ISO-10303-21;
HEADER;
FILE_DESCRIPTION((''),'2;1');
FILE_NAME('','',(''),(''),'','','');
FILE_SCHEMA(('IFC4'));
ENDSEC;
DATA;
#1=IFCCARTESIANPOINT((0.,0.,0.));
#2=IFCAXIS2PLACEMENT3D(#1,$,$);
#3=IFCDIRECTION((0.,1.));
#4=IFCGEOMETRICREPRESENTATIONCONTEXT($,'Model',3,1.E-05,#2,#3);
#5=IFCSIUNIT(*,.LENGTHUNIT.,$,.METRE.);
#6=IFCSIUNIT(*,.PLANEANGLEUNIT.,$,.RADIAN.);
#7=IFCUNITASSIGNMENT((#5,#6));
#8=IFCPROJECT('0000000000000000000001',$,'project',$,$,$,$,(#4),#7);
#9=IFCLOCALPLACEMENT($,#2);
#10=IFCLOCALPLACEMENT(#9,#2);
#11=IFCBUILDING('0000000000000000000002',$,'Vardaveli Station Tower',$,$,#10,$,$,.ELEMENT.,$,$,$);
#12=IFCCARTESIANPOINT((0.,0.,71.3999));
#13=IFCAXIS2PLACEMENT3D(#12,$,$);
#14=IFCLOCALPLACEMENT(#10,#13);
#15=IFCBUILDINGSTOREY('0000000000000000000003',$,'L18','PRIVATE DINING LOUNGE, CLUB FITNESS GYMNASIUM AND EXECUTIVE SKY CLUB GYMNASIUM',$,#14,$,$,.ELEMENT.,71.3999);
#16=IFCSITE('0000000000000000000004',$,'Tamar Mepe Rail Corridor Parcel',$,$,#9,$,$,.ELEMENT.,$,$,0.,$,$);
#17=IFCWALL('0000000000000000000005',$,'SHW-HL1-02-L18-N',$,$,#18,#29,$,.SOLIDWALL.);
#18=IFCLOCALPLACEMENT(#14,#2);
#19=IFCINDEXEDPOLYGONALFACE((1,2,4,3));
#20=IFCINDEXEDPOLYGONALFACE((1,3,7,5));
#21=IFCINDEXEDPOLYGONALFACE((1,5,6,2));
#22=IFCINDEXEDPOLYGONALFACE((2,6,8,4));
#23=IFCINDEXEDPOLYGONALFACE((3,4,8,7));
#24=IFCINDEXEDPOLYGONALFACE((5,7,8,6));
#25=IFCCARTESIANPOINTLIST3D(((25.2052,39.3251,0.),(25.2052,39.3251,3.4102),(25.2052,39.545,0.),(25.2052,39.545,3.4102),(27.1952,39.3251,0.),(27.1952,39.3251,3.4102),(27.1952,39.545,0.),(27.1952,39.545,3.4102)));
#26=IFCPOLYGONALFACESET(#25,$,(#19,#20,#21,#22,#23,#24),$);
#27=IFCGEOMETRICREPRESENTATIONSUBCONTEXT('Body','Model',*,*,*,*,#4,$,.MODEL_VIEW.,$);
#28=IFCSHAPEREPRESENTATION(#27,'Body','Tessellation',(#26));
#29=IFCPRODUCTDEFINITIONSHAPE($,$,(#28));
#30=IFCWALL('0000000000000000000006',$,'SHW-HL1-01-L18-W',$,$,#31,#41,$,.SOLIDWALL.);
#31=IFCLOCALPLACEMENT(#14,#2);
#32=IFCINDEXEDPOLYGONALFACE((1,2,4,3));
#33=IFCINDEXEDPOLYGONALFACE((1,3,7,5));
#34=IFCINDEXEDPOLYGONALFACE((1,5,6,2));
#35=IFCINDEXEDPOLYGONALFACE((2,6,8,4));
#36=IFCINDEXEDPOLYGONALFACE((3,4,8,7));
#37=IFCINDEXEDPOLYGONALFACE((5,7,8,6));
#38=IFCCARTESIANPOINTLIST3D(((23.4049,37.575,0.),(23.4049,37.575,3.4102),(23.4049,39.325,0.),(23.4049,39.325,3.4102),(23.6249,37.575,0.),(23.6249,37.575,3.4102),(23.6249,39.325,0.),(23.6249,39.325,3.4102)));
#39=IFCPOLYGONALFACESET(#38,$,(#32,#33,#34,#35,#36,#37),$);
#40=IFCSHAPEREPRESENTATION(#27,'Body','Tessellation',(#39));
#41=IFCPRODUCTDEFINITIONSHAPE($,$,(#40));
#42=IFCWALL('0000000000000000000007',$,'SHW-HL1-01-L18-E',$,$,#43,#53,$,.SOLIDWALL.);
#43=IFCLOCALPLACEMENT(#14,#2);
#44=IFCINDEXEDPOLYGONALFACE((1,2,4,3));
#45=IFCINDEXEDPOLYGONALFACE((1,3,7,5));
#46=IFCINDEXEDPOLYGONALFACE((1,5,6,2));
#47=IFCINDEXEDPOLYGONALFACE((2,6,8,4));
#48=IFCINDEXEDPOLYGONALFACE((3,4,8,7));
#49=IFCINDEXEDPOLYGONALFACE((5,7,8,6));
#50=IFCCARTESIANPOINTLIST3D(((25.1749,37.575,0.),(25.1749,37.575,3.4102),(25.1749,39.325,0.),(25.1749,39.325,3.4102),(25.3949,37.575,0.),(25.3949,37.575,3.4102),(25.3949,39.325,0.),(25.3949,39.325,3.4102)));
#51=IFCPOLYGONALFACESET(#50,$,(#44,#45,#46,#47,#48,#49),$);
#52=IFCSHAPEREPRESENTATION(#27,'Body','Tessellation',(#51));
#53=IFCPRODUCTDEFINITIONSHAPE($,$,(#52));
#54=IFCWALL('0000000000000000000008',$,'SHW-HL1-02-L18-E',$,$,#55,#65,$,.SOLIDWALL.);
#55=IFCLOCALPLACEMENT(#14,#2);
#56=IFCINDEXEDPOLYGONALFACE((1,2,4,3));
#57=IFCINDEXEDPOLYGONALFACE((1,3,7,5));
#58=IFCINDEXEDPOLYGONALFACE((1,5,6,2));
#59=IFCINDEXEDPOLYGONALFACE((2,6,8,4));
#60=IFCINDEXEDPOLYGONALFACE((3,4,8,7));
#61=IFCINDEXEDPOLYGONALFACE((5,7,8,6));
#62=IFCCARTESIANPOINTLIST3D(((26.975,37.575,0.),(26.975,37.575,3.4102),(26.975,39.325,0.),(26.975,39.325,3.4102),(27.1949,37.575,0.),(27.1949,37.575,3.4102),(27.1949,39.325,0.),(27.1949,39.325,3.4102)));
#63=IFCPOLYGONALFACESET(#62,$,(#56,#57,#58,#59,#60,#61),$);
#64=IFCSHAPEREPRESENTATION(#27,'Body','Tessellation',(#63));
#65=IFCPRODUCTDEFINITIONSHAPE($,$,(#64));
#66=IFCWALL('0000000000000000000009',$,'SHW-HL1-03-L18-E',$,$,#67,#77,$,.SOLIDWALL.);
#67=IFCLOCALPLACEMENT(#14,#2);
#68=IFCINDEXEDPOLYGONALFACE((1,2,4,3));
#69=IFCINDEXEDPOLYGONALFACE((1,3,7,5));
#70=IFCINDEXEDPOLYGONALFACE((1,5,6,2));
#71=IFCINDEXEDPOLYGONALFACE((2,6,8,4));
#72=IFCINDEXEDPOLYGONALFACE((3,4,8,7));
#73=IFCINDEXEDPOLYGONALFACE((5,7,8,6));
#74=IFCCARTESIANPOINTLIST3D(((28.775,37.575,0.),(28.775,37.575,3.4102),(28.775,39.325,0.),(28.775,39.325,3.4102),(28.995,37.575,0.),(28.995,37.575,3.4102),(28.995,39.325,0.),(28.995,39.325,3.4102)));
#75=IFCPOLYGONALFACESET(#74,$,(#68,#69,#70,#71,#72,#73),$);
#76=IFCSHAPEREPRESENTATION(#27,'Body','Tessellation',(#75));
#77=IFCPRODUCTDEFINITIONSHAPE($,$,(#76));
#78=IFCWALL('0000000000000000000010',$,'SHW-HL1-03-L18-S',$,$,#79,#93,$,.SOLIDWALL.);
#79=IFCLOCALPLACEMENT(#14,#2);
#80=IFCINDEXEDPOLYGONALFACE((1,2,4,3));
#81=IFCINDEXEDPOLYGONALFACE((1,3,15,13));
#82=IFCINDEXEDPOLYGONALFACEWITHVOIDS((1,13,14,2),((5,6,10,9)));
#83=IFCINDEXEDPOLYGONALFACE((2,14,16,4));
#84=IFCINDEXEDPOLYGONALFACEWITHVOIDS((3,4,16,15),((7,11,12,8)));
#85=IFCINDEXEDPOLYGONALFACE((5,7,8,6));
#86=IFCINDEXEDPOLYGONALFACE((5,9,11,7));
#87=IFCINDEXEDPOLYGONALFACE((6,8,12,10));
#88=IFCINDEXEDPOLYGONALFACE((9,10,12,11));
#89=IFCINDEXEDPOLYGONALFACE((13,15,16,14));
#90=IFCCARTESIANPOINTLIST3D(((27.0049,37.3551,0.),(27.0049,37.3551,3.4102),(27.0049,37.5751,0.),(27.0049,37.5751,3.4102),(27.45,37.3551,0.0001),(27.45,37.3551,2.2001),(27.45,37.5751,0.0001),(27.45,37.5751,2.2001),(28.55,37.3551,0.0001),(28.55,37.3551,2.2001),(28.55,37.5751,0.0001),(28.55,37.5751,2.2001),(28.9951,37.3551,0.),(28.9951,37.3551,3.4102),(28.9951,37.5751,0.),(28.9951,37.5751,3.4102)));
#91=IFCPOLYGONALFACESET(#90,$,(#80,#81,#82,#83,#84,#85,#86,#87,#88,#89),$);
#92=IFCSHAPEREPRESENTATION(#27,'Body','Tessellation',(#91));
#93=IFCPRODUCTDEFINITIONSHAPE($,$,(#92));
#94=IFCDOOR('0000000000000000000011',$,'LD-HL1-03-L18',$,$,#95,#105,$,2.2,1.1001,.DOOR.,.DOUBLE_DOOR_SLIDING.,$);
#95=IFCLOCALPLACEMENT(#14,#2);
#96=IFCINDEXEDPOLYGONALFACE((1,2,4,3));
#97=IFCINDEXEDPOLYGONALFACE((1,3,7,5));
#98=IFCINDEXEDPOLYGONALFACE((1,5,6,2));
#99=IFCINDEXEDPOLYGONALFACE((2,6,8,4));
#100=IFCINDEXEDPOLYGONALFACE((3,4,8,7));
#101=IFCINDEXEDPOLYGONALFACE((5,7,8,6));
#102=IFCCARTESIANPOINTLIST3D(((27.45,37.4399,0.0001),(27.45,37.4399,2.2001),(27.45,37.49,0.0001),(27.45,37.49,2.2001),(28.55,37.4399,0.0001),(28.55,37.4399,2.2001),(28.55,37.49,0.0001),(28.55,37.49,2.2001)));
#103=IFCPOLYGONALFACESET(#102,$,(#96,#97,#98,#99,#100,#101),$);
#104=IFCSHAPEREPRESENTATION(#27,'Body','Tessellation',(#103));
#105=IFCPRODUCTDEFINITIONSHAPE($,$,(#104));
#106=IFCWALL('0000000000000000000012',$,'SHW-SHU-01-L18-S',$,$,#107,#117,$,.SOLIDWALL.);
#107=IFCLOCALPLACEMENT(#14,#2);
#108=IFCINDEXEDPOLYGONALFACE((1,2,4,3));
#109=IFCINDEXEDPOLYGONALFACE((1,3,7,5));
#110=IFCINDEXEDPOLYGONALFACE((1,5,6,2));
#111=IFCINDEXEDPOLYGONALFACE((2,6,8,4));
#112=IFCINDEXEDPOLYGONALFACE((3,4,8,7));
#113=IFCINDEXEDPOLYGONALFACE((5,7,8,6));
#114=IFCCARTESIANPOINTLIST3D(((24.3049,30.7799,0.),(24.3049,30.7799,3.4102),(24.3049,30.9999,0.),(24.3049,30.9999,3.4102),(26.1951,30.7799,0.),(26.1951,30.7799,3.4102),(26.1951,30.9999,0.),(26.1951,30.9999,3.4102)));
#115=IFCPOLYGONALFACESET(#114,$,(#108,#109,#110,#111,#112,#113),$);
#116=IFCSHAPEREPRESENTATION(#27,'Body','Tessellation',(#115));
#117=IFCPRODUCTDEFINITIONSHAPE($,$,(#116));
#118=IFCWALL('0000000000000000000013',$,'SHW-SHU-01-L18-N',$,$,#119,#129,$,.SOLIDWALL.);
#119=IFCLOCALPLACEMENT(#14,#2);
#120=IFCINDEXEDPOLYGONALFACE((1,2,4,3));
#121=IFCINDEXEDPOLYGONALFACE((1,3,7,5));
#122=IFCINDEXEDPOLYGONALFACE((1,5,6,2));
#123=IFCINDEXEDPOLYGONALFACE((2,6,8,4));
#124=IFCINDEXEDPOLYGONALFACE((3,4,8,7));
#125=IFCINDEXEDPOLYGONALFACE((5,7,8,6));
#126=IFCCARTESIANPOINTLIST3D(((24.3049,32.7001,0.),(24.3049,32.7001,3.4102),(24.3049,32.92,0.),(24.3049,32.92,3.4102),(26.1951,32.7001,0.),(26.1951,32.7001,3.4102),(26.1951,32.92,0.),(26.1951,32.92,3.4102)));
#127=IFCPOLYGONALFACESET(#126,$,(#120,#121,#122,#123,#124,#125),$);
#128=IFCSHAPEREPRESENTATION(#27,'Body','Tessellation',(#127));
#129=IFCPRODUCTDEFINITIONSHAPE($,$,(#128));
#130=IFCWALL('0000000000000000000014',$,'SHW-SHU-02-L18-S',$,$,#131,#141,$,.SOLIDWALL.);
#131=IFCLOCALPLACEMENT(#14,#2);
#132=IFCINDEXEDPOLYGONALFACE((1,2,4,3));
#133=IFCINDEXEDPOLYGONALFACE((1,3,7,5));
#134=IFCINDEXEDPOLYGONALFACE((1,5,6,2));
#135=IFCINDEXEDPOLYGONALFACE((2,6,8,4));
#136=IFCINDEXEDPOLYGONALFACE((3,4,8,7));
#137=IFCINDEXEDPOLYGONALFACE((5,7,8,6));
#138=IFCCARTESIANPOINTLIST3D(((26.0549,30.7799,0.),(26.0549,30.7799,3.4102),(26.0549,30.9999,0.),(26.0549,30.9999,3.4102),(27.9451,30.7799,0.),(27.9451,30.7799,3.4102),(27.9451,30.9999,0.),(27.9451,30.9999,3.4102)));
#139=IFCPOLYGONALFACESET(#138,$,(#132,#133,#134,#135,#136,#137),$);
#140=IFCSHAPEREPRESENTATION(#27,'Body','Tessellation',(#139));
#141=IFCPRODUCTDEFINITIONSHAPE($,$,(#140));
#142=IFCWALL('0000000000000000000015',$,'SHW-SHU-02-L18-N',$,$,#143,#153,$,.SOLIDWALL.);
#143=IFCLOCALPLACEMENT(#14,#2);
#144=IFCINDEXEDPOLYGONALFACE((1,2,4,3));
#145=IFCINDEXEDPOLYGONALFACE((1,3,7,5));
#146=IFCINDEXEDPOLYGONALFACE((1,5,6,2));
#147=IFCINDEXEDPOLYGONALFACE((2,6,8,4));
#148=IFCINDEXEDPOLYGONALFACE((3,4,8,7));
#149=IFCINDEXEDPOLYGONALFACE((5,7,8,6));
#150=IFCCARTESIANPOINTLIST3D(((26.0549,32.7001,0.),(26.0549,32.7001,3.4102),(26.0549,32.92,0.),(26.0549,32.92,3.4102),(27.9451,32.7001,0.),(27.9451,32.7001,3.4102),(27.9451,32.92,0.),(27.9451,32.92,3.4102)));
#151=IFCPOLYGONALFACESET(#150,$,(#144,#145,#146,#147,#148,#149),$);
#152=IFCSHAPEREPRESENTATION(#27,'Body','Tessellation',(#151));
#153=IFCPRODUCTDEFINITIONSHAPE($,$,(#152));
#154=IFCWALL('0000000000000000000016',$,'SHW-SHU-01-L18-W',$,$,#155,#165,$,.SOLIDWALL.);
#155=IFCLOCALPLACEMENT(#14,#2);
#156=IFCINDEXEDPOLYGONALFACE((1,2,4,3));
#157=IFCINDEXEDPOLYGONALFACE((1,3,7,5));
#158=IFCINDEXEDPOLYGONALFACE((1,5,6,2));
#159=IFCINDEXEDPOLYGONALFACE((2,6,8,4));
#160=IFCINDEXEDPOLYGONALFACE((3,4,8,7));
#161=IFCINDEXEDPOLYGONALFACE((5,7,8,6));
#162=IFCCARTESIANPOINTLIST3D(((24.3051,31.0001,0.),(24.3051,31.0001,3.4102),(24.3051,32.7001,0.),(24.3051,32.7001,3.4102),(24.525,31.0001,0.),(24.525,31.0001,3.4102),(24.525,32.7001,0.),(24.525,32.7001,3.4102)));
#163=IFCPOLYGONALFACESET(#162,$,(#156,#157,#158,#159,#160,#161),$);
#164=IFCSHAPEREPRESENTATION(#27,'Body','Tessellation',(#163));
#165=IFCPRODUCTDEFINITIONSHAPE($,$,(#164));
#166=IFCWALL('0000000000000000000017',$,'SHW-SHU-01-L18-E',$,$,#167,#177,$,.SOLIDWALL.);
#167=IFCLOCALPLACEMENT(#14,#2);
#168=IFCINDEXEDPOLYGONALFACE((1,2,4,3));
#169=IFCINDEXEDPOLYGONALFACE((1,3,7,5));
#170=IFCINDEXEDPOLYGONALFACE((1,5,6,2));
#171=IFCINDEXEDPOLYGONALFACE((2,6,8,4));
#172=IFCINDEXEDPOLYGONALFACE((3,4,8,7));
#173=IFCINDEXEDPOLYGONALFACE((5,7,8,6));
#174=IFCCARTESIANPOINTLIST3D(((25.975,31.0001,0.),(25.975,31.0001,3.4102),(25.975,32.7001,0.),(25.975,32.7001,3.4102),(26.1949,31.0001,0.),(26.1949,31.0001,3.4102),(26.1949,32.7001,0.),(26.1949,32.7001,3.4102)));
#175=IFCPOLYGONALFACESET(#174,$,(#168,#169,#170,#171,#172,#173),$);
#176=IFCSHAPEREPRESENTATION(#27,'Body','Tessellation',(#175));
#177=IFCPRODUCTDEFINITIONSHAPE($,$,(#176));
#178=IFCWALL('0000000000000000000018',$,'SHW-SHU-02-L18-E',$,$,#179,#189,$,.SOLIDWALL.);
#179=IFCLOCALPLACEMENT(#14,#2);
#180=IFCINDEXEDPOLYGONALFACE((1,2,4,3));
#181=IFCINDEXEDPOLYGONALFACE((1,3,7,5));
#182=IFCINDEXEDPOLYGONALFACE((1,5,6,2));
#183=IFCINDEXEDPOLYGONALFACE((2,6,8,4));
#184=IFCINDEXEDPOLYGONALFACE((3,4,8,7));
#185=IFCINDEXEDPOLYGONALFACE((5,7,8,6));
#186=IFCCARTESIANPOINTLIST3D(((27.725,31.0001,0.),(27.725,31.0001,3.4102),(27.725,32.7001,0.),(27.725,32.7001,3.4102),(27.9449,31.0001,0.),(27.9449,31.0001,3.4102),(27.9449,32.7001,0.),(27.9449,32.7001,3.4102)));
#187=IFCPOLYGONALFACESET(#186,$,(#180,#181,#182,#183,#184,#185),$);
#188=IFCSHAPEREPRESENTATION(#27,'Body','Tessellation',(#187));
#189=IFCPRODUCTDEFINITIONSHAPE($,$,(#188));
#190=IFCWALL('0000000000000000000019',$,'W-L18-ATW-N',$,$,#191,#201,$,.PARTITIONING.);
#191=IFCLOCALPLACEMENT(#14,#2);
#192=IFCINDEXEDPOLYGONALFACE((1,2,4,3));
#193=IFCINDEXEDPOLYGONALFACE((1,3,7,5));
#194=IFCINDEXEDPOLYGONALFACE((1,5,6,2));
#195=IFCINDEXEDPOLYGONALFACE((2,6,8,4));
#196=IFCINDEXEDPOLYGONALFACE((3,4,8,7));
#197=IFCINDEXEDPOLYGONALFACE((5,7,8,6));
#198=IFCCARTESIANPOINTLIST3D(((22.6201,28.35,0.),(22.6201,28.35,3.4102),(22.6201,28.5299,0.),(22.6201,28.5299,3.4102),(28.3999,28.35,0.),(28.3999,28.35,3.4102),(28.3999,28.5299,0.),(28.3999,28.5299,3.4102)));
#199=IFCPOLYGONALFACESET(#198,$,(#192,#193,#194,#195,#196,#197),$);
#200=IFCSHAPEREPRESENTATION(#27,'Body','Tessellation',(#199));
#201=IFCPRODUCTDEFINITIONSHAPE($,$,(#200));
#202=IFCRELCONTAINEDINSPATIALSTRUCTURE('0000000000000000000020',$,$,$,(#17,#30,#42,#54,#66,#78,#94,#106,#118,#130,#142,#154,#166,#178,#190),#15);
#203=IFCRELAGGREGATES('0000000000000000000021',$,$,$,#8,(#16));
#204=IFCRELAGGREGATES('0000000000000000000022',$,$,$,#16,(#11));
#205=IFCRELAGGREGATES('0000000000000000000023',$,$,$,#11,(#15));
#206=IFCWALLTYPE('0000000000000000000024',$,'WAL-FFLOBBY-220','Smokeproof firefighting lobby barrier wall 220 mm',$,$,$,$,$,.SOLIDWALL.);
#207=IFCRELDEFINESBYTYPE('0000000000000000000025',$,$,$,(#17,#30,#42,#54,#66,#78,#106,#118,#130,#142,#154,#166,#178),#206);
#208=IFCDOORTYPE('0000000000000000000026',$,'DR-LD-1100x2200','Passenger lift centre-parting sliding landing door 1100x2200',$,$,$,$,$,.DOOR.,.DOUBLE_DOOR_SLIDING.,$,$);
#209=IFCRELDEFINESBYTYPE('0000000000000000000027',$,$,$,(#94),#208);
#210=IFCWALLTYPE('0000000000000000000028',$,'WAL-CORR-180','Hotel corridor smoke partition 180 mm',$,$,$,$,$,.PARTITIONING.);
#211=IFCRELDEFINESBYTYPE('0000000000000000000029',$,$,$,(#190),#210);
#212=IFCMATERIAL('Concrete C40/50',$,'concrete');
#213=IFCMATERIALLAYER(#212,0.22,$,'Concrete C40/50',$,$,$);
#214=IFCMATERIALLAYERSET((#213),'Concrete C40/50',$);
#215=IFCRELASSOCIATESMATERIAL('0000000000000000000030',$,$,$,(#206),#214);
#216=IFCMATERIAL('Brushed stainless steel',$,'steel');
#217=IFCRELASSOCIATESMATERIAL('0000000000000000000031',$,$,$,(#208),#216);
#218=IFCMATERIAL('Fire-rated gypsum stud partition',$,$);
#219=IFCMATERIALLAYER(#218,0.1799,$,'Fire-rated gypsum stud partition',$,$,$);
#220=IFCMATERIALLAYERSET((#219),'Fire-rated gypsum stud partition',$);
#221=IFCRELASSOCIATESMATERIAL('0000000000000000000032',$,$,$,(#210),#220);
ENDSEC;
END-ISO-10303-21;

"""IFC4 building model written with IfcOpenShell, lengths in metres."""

from ifc_helpers import new_model, si_unit, direction, frame, frame_2d, origin, place, context, subcontext, project, spatial, rectangle, extrude, source, transform, mapped, material, layer, layer_set, type_object, element, fill, save


model = new_model("IFC4")

# Units and contexts
model_context = context("Model", 3, precision=1e-05, world=origin(), true_north=direction((0.0, 1.0)))
body_context = subcontext(model_context, "Body", "Model", "MODEL_VIEW")
ifc_project = project(units=[si_unit("LENGTHUNIT", "METRE"), si_unit("PLANEANGLEUNIT", "RADIAN")], contexts=[model_context])

# Site, building, storey
site_placement = place(None, origin())
site = spatial("IfcSite", under=ifc_project, at=site_placement, Name="Tamar Mepe Rail Corridor Parcel", CompositionType="ELEMENT", RefElevation=0.0)
building_placement = place(site_placement, origin())
building = spatial("IfcBuilding", under=site, at=building_placement, Name="Vardaveli Station Tower", CompositionType="ELEMENT")
storey_placement = place(building_placement, frame((0.0, 0.0, 71.3999)))
storey = spatial("IfcBuildingStorey", under=building, at=storey_placement, Name="L18", Description="PRIVATE DINING LOUNGE, CLUB FITNESS GYMNASIUM AND EXECUTIVE SKY CLUB GYMNASIUM", CompositionType="ELEMENT", Elevation=71.3999)

# Shared definitions
ifc_material_1 = material(Name="Concrete C40/50", Category="concrete")
ifc_layer_1 = layer(ifc_material_1, 0.22, Name="Concrete C40/50")
ifc_layer_set_1 = layer_set([ifc_layer_1], Name="Concrete C40/50")
wall_type_1 = type_object("IfcWallType", Name="WAL-FFLOBBY-220", Description="Smokeproof firefighting lobby barrier wall 220 mm", PredefinedType="SOLIDWALL", material=ifc_layer_set_1)
shared_shape_1 = source(origin(), body_context, "Body", "SweptSolid", [
    extrude(rectangle(XDim=1.99, YDim=0.22, at=frame_2d((0.9951, 0.0))), origin(), (0.0, 0.0, 1.0), 3.4102),
])
shared_shape_2 = source(origin(), body_context, "Body", "SweptSolid", [
    extrude(rectangle(XDim=1.1001, YDim=2.2, at=frame_2d((0.55, 1.1001))), frame((0.0, 0.1201, 0.0), z_axis=(0.0, -1.0, 0.0), x_axis=(1.0, 0.0, 0.0)), (0.0, 0.0, 1.0), 0.24),
])
ifc_material_2 = material(Name="Brushed stainless steel", Category="steel")
door_type = type_object("IfcDoorType", Name="DR-LD-1100x2200", Description="Passenger lift centre-parting sliding landing door 1100x2200", OperationType="DOUBLE_DOOR_SLIDING", PredefinedType="DOOR", material=ifc_material_2)
shared_shape_3 = source(origin(), body_context, "Body", "SweptSolid", [
    extrude(rectangle(XDim=1.1001, YDim=2.2, at=frame_2d((0.55, 1.1001))), frame((0.0, 0.0249, 0.0), z_axis=(0.0, -1.0, 0.0), x_axis=(1.0, 0.0, 0.0)), (0.0, 0.0, 1.0), 0.05),
])

# Walls
wall_1_placement = place(storey_placement, frame((25.2051, 39.4351, 0.0), z_axis=(0.0, 0.0, 1.0), x_axis=(1.0, 0.0, 0.0)))
element("IfcWall", 1, at=wall_1_placement, inside=storey, type_object=wall_type_1, Name="SHW-HL1-02-L18-N", PredefinedType="SOLIDWALL", context=body_context, shape_type="MappedRepresentation", body=[
    mapped(shared_shape_1, transform((0.0, 0.0, 0.0), scale=1.0)),
])
shared_shape_4 = source(origin(), body_context, "Body", "SweptSolid", [
    extrude(rectangle(XDim=1.75, YDim=0.22, at=frame_2d((0.875, 0.0))), origin(), (0.0, 0.0, 1.0), 3.4102),
])
for number, where, z_axis, x_axis, name in (
    (2, (23.5149, 37.575, 0.0), (0.0, 0.0, 1.0), (0.0, 1.0, 0.0), "SHW-HL1-01-L18-W"),
    (3, (25.2849, 37.575, 0.0), (0.0, 0.0, 1.0), (0.0, 1.0, 0.0), "SHW-HL1-01-L18-E"),
    (4, (27.085, 37.575, 0.0), (0.0, 0.0, 1.0), (0.0, 1.0, 0.0), "SHW-HL1-02-L18-E"),
    (5, (28.885, 37.575, 0.0), (0.0, 0.0, 1.0), (0.0, 1.0, 0.0), "SHW-HL1-03-L18-E"),
):
    element("IfcWall", number, at=place(storey_placement, frame(where, z_axis=z_axis, x_axis=x_axis)), inside=storey, type_object=wall_type_1, Name=name, PredefinedType="SOLIDWALL", context=body_context, shape_type="MappedRepresentation", body=[
        mapped(shared_shape_4, transform((0.0, 0.0, 0.0), scale=1.0)),
    ])

# Wall, opening, door
shared_shape_5 = source(origin(), body_context, "Body", "SweptSolid", [
    extrude(rectangle(XDim=1.9902, YDim=0.22, at=frame_2d((0.9951, 0.0))), origin(), (0.0, 0.0, 1.0), 3.4102),
])
wall_2_placement = place(storey_placement, frame((27.0049, 37.4651, 0.0), z_axis=(0.0, 0.0, 1.0), x_axis=(1.0, 0.0, 0.0)))
wall_2 = element("IfcWall", 6, at=wall_2_placement, inside=storey, type_object=wall_type_1, Name="SHW-HL1-03-L18-S", PredefinedType="SOLIDWALL", context=body_context, shape_type="MappedRepresentation", body=[
    mapped(shared_shape_5, transform((0.0, 0.0, 0.0), scale=1.0)),
])
opening_1_placement = place(wall_2_placement, frame((0.4451, 0.0, 0.0)))
opening_1 = element("IfcOpeningElement", 7, at=opening_1_placement, cuts=wall_2, PredefinedType="OPENING", context=body_context, shape_type="MappedRepresentation", body=[
    mapped(shared_shape_2, transform((0.0, 0.0, 0.0), scale=1.0)),
])
door_1_placement = place(opening_1_placement, origin())
door_1 = element("IfcDoor", 8, at=door_1_placement, inside=storey, type_object=door_type, Name="LD-HL1-03-L18", OperationType="DOUBLE_DOOR_SLIDING", OverallHeight=2.2, OverallWidth=1.1001, PredefinedType="DOOR", context=body_context, shape_type="MappedRepresentation", body=[
    mapped(shared_shape_3, transform((0.0, 0.0, 0.0), scale=1.0)),
])
fill(opening_1, door_1)

# Walls
shared_shape_6 = source(origin(), body_context, "Body", "SweptSolid", [
    extrude(rectangle(XDim=1.8901, YDim=0.22, at=frame_2d((0.9451, 0.0))), origin(), (0.0, 0.0, 1.0), 3.4102),
])
for number, where, z_axis, x_axis, name in (
    (9, (24.3049, 30.8899, 0.0), (0.0, 0.0, 1.0), (1.0, 0.0, 0.0), "SHW-SHU-01-L18-S"),
    (10, (24.3049, 32.8101, 0.0), (0.0, 0.0, 1.0), (1.0, 0.0, 0.0), "SHW-SHU-01-L18-N"),
    (11, (26.0549, 30.8899, 0.0), (0.0, 0.0, 1.0), (1.0, 0.0, 0.0), "SHW-SHU-02-L18-S"),
    (12, (26.0549, 32.8101, 0.0), (0.0, 0.0, 1.0), (1.0, 0.0, 0.0), "SHW-SHU-02-L18-N"),
):
    element("IfcWall", number, at=place(storey_placement, frame(where, z_axis=z_axis, x_axis=x_axis)), inside=storey, type_object=wall_type_1, Name=name, PredefinedType="SOLIDWALL", context=body_context, shape_type="MappedRepresentation", body=[
        mapped(shared_shape_6, transform((0.0, 0.0, 0.0), scale=1.0)),
    ])
shared_shape_7 = source(origin(), body_context, "Body", "SweptSolid", [
    extrude(rectangle(XDim=1.7, YDim=0.22, at=frame_2d((0.8501, 0.0))), origin(), (0.0, 0.0, 1.0), 3.4102),
])
for number, where, z_axis, x_axis, name in (
    (13, (24.415, 31.0, 0.0), (0.0, 0.0, 1.0), (0.0, 1.0, 0.0), "SHW-SHU-01-L18-W"),
    (14, (26.085, 31.0, 0.0), (0.0, 0.0, 1.0), (0.0, 1.0, 0.0), "SHW-SHU-01-L18-E"),
    (15, (27.835, 31.0, 0.0), (0.0, 0.0, 1.0), (0.0, 1.0, 0.0), "SHW-SHU-02-L18-E"),
):
    element("IfcWall", number, at=place(storey_placement, frame(where, z_axis=z_axis, x_axis=x_axis)), inside=storey, type_object=wall_type_1, Name=name, PredefinedType="SOLIDWALL", context=body_context, shape_type="MappedRepresentation", body=[
        mapped(shared_shape_7, transform((0.0, 0.0, 0.0), scale=1.0)),
    ])
ifc_material_3 = material(Name="Fire-rated gypsum stud partition")
ifc_layer_2 = layer(ifc_material_3, 0.1799, Name="Fire-rated gypsum stud partition")
ifc_layer_set_2 = layer_set([ifc_layer_2], Name="Fire-rated gypsum stud partition")
wall_type_2 = type_object("IfcWallType", Name="WAL-CORR-180", Description="Hotel corridor smoke partition 180 mm", PredefinedType="PARTITIONING", material=ifc_layer_set_2)
shared_shape_8 = source(origin(), body_context, "Body", "SweptSolid", [
    extrude(rectangle(XDim=5.7798, YDim=0.1799, at=frame_2d((2.8899, 0.0))), origin(), (0.0, 0.0, 1.0), 3.4102),
])
wall_3_placement = place(storey_placement, frame((22.6201, 28.4399, 0.0), z_axis=(0.0, 0.0, 1.0), x_axis=(1.0, 0.0, 0.0)))
element("IfcWall", 16, at=wall_3_placement, inside=storey, type_object=wall_type_2, Name="W-L18-ATW-N", PredefinedType="PARTITIONING", context=body_context, shape_type="MappedRepresentation", body=[
    mapped(shared_shape_8, transform((0.0, 0.0, 0.0), scale=1.0)),
])

save(model, "model.ifc")
